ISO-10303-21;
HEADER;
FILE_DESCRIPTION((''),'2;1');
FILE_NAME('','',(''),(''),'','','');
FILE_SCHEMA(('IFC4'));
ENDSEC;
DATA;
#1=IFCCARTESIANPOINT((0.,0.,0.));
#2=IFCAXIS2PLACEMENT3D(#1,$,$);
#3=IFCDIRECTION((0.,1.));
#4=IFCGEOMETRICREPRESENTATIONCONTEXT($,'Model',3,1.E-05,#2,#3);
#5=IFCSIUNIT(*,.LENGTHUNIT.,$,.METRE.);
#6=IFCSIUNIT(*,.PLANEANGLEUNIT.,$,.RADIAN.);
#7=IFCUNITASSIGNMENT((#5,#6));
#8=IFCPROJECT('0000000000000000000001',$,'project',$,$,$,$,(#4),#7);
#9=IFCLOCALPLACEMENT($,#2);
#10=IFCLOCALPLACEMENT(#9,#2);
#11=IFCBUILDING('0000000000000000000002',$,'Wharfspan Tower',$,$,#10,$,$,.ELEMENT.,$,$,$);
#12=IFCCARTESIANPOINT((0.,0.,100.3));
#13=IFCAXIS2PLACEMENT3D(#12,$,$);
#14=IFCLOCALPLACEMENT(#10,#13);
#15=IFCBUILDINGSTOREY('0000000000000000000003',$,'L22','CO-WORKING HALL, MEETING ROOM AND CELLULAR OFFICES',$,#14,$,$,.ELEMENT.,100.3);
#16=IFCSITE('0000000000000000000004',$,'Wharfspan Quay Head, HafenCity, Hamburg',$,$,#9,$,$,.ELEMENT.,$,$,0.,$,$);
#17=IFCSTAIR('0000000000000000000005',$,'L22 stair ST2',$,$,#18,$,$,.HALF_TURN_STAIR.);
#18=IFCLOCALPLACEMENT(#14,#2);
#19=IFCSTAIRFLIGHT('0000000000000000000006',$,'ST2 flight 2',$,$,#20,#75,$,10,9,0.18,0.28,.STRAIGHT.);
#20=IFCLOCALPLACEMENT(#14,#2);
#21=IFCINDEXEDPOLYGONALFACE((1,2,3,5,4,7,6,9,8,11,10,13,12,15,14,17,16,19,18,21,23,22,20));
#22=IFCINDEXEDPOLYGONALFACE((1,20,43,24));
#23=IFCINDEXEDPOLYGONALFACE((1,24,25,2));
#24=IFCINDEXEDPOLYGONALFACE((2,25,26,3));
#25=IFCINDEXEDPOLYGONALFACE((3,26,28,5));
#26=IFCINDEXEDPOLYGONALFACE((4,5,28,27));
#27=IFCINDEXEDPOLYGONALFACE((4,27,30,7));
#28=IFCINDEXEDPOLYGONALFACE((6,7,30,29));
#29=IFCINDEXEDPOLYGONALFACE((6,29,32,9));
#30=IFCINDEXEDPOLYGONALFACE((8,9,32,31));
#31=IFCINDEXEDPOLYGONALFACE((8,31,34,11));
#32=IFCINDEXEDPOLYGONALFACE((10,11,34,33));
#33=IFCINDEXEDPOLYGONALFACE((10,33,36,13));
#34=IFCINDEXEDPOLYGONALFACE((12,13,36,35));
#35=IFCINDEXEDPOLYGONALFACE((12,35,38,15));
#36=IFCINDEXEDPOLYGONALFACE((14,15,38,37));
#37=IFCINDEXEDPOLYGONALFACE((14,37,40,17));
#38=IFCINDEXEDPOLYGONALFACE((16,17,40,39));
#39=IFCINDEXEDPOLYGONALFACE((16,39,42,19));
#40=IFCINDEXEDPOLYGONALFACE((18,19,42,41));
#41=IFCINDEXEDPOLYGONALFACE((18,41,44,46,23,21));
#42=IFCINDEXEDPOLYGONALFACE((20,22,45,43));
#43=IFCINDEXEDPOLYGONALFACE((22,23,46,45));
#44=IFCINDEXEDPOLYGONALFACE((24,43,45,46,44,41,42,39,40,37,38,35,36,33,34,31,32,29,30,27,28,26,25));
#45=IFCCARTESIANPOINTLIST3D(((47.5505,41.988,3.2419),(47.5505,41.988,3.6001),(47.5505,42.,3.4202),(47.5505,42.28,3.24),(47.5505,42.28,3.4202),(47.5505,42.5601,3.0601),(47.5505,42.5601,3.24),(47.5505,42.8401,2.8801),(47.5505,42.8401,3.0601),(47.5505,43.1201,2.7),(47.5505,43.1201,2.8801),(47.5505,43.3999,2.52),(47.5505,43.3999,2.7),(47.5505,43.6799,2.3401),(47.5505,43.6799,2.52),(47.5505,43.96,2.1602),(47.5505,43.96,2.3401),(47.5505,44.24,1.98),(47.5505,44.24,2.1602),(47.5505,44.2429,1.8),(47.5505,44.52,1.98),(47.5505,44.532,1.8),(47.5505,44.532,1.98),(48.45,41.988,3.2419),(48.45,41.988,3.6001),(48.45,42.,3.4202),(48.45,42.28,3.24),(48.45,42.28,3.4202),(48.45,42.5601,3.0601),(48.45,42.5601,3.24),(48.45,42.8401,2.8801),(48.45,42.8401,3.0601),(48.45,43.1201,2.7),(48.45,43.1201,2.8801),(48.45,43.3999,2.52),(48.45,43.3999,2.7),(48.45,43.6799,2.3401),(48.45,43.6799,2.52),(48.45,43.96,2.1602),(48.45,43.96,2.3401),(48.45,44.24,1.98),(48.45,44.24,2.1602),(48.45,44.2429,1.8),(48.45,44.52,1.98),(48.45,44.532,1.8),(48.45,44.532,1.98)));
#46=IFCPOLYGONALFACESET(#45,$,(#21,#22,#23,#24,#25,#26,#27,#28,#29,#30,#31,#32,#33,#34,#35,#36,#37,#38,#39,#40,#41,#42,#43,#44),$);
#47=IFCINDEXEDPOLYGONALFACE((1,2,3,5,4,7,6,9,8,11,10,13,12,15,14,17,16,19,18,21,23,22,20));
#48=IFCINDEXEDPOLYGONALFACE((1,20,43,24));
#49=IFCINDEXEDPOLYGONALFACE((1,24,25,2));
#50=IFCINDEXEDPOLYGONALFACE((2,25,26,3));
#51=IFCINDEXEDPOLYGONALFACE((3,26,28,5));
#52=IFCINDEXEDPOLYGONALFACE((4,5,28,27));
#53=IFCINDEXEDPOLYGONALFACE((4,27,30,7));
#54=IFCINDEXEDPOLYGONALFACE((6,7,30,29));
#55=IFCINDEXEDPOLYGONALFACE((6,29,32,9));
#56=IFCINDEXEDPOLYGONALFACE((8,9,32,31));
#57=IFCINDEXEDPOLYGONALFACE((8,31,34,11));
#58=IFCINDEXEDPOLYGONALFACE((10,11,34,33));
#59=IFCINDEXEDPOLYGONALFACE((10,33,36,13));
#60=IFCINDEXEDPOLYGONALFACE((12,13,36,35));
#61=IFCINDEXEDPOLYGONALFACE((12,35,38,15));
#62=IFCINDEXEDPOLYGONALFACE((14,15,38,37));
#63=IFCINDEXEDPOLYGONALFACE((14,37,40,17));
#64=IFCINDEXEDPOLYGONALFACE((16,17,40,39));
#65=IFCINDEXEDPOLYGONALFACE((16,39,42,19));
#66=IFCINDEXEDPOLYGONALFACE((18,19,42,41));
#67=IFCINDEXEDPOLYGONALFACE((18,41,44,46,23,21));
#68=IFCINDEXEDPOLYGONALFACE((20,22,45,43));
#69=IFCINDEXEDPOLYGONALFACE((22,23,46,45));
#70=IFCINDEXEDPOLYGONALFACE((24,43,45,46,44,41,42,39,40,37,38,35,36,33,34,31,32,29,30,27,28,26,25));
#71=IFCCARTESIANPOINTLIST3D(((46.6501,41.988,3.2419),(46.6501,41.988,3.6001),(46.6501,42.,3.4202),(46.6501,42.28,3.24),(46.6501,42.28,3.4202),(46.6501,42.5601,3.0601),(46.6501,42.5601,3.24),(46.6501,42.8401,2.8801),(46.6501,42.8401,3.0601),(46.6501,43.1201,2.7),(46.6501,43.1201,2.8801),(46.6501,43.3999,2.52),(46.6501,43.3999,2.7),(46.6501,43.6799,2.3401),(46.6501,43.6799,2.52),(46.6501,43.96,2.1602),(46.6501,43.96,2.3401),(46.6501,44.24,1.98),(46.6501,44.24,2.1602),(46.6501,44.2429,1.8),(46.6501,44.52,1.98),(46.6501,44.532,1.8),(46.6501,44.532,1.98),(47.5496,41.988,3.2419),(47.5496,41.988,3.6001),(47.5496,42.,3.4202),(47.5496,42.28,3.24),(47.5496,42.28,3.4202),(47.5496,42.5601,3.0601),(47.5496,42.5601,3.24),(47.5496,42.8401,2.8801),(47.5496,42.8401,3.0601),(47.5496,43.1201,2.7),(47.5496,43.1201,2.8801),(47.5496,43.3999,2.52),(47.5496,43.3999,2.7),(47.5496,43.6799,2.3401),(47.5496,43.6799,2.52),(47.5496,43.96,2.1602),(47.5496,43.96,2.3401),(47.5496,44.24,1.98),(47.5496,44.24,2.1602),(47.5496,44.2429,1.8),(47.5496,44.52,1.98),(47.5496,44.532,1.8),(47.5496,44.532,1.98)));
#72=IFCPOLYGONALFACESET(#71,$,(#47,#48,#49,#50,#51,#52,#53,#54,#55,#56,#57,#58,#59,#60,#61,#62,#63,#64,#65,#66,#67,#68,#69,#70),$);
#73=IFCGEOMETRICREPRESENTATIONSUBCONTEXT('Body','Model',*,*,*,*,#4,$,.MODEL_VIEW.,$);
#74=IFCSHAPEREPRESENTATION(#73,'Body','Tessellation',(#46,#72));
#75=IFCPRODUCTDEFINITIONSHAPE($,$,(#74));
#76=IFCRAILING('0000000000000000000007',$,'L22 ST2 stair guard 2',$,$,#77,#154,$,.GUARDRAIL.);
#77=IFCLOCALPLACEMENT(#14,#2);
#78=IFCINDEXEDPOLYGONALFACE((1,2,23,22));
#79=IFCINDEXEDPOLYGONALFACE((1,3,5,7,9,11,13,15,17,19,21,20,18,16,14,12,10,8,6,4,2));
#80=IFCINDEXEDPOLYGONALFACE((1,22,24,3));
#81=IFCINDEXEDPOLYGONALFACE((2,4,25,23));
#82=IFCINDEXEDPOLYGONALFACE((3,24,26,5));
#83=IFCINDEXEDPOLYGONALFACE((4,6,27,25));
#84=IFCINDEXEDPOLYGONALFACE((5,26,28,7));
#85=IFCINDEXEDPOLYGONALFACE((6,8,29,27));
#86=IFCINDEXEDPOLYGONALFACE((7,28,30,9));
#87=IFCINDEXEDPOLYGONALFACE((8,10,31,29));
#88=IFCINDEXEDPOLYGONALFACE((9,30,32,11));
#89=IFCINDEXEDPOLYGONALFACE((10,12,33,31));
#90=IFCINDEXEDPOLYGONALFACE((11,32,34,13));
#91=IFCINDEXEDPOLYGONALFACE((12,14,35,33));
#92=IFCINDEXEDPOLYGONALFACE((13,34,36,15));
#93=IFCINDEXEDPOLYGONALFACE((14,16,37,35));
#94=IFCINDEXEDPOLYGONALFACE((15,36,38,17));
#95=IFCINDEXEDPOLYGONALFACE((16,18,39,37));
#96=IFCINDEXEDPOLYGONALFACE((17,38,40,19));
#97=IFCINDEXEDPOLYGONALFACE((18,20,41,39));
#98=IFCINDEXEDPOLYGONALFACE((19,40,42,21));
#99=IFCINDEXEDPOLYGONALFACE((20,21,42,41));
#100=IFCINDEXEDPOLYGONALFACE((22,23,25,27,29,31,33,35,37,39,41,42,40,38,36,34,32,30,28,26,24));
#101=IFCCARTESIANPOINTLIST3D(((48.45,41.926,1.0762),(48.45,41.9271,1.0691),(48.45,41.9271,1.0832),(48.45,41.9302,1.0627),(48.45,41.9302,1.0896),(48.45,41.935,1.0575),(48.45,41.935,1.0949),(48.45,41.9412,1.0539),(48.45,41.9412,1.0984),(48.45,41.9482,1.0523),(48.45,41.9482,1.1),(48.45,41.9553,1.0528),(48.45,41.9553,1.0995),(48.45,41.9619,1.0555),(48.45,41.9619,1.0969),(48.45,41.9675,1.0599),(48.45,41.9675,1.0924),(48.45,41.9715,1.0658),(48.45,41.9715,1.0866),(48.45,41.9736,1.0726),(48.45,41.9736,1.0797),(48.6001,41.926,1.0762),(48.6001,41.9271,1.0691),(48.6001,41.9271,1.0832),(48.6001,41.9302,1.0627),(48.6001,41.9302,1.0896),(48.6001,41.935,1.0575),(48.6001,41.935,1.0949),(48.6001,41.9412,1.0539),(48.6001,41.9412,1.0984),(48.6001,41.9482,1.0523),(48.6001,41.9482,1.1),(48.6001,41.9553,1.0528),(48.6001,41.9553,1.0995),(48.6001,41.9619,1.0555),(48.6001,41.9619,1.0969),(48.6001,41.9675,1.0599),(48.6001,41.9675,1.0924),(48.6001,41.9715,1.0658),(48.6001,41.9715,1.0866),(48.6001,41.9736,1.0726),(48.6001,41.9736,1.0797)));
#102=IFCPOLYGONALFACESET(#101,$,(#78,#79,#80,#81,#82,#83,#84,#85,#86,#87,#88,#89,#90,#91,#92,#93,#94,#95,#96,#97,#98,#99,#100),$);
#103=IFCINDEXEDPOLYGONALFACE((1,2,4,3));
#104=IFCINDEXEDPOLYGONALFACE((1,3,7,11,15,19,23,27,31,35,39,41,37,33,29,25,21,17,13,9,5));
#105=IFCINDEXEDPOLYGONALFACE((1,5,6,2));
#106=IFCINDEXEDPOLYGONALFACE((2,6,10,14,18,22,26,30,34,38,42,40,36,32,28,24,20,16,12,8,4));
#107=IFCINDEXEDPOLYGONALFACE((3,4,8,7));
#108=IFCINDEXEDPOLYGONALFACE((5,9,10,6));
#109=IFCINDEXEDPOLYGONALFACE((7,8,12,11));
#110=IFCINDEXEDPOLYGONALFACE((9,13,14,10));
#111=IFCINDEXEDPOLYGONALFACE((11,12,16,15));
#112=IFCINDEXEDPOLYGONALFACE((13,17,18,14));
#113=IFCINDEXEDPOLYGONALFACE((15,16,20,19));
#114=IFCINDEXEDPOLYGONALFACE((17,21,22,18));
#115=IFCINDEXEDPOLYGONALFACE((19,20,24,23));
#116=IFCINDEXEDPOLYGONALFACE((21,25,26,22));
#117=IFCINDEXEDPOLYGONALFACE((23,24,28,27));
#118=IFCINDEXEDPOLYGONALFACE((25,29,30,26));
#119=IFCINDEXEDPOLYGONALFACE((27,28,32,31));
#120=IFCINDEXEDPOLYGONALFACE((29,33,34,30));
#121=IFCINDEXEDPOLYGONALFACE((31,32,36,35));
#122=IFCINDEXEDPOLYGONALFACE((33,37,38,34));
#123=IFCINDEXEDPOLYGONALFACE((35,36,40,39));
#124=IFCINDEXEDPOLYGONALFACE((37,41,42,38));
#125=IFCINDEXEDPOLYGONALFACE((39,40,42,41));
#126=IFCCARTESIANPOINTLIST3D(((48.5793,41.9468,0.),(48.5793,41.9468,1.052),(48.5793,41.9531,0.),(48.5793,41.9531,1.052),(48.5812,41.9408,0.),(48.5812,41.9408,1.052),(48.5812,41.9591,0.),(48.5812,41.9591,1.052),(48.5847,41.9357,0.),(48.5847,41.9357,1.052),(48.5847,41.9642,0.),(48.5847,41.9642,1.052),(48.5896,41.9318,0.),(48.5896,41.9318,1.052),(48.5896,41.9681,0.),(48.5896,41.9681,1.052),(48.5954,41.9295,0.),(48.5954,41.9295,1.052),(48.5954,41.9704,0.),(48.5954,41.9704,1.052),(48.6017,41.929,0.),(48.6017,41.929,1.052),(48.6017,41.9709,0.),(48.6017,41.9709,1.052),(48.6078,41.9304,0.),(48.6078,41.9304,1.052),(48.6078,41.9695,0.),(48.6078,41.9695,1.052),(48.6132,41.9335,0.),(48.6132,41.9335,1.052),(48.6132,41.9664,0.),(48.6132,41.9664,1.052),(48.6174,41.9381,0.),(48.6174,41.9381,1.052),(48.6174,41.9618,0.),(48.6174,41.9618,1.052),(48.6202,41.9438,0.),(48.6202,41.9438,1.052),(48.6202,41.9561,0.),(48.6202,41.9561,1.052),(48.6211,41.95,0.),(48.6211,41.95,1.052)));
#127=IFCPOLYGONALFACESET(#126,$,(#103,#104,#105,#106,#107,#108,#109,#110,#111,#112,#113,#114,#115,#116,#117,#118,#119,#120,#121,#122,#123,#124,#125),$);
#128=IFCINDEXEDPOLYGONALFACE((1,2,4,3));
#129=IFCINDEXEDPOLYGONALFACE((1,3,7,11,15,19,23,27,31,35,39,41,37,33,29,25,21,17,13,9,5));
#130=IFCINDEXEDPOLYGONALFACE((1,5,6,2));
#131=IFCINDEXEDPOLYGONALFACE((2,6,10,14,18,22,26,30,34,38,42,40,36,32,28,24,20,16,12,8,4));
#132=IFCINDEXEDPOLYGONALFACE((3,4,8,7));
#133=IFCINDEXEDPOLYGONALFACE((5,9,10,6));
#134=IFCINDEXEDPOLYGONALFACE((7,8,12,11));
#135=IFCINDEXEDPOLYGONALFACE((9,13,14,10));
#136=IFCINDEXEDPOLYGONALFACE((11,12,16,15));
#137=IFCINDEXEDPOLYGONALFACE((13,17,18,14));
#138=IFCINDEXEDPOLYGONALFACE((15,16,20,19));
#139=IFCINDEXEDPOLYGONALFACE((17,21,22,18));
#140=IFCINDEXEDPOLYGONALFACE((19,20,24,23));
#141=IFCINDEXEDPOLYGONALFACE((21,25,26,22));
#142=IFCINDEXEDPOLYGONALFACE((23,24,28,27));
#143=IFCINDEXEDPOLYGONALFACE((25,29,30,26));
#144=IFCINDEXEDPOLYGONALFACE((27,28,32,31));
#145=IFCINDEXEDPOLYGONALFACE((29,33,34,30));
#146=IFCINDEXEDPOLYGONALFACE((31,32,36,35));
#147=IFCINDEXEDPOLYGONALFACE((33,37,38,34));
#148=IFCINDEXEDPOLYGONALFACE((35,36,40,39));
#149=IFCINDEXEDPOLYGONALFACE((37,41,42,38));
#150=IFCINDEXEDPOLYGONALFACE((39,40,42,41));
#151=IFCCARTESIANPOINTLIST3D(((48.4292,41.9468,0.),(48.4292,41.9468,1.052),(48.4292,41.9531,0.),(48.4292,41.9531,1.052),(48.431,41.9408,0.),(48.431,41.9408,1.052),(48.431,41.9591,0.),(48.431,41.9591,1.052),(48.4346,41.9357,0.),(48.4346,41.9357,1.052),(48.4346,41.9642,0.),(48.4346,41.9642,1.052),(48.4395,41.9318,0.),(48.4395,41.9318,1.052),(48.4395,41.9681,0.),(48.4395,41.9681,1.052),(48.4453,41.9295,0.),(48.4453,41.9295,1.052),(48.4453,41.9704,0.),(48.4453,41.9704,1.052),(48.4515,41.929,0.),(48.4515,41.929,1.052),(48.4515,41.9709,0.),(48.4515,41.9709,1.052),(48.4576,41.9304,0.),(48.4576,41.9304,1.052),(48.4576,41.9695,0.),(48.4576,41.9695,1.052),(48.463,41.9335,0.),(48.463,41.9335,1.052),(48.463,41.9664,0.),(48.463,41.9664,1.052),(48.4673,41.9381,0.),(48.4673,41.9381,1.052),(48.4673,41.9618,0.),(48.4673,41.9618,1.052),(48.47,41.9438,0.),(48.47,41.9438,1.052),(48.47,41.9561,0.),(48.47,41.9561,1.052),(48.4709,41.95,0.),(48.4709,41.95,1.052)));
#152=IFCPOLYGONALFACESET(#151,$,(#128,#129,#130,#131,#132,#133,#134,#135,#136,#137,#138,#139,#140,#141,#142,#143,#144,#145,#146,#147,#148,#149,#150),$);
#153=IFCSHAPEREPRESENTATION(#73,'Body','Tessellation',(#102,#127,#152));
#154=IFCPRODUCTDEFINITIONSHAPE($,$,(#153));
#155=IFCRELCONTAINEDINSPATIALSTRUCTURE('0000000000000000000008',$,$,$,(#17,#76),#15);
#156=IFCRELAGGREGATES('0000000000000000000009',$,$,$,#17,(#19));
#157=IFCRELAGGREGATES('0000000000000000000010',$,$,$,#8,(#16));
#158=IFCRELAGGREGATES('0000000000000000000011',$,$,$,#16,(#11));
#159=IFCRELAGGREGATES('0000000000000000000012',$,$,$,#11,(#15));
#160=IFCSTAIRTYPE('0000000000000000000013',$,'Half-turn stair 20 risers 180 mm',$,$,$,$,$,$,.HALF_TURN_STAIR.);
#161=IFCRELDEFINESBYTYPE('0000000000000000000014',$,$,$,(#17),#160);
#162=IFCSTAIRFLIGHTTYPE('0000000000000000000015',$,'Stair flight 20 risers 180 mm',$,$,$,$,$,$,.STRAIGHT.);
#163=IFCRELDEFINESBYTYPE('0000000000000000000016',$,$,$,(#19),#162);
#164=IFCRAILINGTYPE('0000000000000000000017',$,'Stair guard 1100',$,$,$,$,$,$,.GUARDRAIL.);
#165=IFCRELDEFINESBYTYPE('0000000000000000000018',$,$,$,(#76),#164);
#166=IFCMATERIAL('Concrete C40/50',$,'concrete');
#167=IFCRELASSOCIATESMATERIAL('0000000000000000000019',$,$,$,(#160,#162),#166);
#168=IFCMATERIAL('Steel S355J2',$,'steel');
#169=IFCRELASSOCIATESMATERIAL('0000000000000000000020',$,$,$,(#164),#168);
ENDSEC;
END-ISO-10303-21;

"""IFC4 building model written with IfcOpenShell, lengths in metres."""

from ifc_helpers import new_model, si_unit, direction, frame, origin, origin_2d, place, context, subcontext, project, spatial, polyline, circle, outline, extrude, material, type_object, element, aggregate, save


model = new_model("IFC4")

# Units and contexts
model_context = context("Model", 3, precision=1e-05, world=origin(), true_north=direction((0.0, 1.0)))
body_context = subcontext(model_context, "Body", "Model", "MODEL_VIEW")
ifc_project = project(units=[si_unit("LENGTHUNIT", "METRE"), si_unit("PLANEANGLEUNIT", "RADIAN")], contexts=[model_context])

# Site, building, storey
site_placement = place(None, origin())
site = spatial("IfcSite", under=ifc_project, at=site_placement, Name="Wharfspan Quay Head, HafenCity, Hamburg", CompositionType="ELEMENT", RefElevation=0.0)
building_placement = place(site_placement, origin())
building = spatial("IfcBuilding", under=site, at=building_placement, Name="Wharfspan Tower", CompositionType="ELEMENT")
storey_placement = place(building_placement, frame((0.0, 0.0, 100.3)))
storey = spatial("IfcBuildingStorey", under=building, at=storey_placement, Name="L22", Description="CO-WORKING HALL, MEETING ROOM AND CELLULAR OFFICES", CompositionType="ELEMENT", Elevation=100.3)

# Shared definitions
ifc_material_1 = material(Name="Steel S355J2", Category="steel")

# Shared definitions
ifc_material_2 = material(Name="Concrete C40/50", Category="concrete")

# Stair, stair flight
stair_type = type_object("IfcStairType", Name="Half-turn stair 20 risers 180 mm", PredefinedType="HALF_TURN_STAIR", material=ifc_material_2)
stair_placement = place(storey_placement, origin())
stair = element("IfcStair", 1, at=stair_placement, inside=storey, type_object=stair_type, Name="L22 stair ST2", PredefinedType="HALF_TURN_STAIR")
stair_flight_type = type_object("IfcStairFlightType", Name="Stair flight 20 risers 180 mm", PredefinedType="STRAIGHT", material=ifc_material_2)
stair_flight_1_placement = place(storey_placement, frame((47.55, 44.52, 1.8), z_axis=(0.0, 0.0, 1.0), x_axis=(0.0, -1.0, 0.0)))
stair_flight_1 = element("IfcStairFlight", 2, at=stair_flight_1_placement, type_object=stair_flight_type, Name="ST2 flight 2", NumberOfRisers=10, NumberOfTreads=9, PredefinedType="STRAIGHT", RiserHeight=0.18, TreadLength=0.28, context=body_context, shape_type="SweptSolid", body=[
    extrude(outline(polyline([(-0.012, 0.0), (-0.012, 0.1799), (0.0, 0.1799), (0.28, 0.1799), (0.28, 0.3601), (0.5601, 0.3601), (0.5601, 0.54), (0.8401, 0.54), (0.8401, 0.72), (1.1201, 0.72), (1.1201, 0.8999), (1.3999, 0.8999), (1.3999, 1.0801), (1.6799, 1.0801), (1.6799, 1.26), (1.96, 1.26), (1.96, 1.4399), (2.24, 1.4399), (2.24, 1.6201), (2.52, 1.6201), (2.532, 1.8), (2.532, 1.4419), (0.2771, 0.0), (-0.012, 0.0)])), frame((0.0, 0.8999, 0.0), z_axis=(0.0, -1.0, 0.0), x_axis=(1.0, 0.0, 0.0)), (0.0, 0.0, 1.0), 0.8994),
    extrude(outline(polyline([(-0.012, 0.0), (-0.012, 0.1799), (0.0, 0.1799), (0.28, 0.1799), (0.28, 0.3601), (0.5601, 0.3601), (0.5601, 0.54), (0.8401, 0.54), (0.8401, 0.72), (1.1201, 0.72), (1.1201, 0.8999), (1.3999, 0.8999), (1.3999, 1.0801), (1.6799, 1.0801), (1.6799, 1.26), (1.96, 1.26), (1.96, 1.4399), (2.24, 1.4399), (2.24, 1.6201), (2.52, 1.6201), (2.532, 1.8), (2.532, 1.4419), (0.2771, 0.0), (-0.012, 0.0)])), frame((0.0, -0.0005, 0.0), z_axis=(0.0, -1.0, 0.0), x_axis=(1.0, 0.0, 0.0)), (0.0, 0.0, 1.0), 0.8994),
])
aggregate(stair, [stair_flight_1])

# Railing
railing_type_1 = type_object("IfcRailingType", Name="Stair guard 1100", PredefinedType="GUARDRAIL", material=ifc_material_1)
railing_1_placement = place(storey_placement, frame((48.6001, 41.95, 0.0)))
element("IfcRailing", 3, at=railing_1_placement, inside=storey, type_object=railing_type_1, Name="L22 ST2 stair guard 2", PredefinedType="GUARDRAIL", context=body_context, shape_type="SweptSolid", body=[
    extrude(circle(Radius=0.0239, at=origin_2d()), frame((0.0, 0.0, 1.0762), z_axis=(-1.0, 0.0, 0.0), x_axis=(0.0, -1.0, 0.0)), (0.0, 0.0, 1.0), 0.1501),
    extrude(circle(Radius=0.021, at=origin_2d()), origin(), (0.0, 0.0, 1.0), 1.052),
    extrude(circle(Radius=0.021, at=origin_2d()), frame((-0.1501, 0.0, 0.0)), (0.0, 0.0, 1.0), 1.052),
])

save(model, "model.ifc")
